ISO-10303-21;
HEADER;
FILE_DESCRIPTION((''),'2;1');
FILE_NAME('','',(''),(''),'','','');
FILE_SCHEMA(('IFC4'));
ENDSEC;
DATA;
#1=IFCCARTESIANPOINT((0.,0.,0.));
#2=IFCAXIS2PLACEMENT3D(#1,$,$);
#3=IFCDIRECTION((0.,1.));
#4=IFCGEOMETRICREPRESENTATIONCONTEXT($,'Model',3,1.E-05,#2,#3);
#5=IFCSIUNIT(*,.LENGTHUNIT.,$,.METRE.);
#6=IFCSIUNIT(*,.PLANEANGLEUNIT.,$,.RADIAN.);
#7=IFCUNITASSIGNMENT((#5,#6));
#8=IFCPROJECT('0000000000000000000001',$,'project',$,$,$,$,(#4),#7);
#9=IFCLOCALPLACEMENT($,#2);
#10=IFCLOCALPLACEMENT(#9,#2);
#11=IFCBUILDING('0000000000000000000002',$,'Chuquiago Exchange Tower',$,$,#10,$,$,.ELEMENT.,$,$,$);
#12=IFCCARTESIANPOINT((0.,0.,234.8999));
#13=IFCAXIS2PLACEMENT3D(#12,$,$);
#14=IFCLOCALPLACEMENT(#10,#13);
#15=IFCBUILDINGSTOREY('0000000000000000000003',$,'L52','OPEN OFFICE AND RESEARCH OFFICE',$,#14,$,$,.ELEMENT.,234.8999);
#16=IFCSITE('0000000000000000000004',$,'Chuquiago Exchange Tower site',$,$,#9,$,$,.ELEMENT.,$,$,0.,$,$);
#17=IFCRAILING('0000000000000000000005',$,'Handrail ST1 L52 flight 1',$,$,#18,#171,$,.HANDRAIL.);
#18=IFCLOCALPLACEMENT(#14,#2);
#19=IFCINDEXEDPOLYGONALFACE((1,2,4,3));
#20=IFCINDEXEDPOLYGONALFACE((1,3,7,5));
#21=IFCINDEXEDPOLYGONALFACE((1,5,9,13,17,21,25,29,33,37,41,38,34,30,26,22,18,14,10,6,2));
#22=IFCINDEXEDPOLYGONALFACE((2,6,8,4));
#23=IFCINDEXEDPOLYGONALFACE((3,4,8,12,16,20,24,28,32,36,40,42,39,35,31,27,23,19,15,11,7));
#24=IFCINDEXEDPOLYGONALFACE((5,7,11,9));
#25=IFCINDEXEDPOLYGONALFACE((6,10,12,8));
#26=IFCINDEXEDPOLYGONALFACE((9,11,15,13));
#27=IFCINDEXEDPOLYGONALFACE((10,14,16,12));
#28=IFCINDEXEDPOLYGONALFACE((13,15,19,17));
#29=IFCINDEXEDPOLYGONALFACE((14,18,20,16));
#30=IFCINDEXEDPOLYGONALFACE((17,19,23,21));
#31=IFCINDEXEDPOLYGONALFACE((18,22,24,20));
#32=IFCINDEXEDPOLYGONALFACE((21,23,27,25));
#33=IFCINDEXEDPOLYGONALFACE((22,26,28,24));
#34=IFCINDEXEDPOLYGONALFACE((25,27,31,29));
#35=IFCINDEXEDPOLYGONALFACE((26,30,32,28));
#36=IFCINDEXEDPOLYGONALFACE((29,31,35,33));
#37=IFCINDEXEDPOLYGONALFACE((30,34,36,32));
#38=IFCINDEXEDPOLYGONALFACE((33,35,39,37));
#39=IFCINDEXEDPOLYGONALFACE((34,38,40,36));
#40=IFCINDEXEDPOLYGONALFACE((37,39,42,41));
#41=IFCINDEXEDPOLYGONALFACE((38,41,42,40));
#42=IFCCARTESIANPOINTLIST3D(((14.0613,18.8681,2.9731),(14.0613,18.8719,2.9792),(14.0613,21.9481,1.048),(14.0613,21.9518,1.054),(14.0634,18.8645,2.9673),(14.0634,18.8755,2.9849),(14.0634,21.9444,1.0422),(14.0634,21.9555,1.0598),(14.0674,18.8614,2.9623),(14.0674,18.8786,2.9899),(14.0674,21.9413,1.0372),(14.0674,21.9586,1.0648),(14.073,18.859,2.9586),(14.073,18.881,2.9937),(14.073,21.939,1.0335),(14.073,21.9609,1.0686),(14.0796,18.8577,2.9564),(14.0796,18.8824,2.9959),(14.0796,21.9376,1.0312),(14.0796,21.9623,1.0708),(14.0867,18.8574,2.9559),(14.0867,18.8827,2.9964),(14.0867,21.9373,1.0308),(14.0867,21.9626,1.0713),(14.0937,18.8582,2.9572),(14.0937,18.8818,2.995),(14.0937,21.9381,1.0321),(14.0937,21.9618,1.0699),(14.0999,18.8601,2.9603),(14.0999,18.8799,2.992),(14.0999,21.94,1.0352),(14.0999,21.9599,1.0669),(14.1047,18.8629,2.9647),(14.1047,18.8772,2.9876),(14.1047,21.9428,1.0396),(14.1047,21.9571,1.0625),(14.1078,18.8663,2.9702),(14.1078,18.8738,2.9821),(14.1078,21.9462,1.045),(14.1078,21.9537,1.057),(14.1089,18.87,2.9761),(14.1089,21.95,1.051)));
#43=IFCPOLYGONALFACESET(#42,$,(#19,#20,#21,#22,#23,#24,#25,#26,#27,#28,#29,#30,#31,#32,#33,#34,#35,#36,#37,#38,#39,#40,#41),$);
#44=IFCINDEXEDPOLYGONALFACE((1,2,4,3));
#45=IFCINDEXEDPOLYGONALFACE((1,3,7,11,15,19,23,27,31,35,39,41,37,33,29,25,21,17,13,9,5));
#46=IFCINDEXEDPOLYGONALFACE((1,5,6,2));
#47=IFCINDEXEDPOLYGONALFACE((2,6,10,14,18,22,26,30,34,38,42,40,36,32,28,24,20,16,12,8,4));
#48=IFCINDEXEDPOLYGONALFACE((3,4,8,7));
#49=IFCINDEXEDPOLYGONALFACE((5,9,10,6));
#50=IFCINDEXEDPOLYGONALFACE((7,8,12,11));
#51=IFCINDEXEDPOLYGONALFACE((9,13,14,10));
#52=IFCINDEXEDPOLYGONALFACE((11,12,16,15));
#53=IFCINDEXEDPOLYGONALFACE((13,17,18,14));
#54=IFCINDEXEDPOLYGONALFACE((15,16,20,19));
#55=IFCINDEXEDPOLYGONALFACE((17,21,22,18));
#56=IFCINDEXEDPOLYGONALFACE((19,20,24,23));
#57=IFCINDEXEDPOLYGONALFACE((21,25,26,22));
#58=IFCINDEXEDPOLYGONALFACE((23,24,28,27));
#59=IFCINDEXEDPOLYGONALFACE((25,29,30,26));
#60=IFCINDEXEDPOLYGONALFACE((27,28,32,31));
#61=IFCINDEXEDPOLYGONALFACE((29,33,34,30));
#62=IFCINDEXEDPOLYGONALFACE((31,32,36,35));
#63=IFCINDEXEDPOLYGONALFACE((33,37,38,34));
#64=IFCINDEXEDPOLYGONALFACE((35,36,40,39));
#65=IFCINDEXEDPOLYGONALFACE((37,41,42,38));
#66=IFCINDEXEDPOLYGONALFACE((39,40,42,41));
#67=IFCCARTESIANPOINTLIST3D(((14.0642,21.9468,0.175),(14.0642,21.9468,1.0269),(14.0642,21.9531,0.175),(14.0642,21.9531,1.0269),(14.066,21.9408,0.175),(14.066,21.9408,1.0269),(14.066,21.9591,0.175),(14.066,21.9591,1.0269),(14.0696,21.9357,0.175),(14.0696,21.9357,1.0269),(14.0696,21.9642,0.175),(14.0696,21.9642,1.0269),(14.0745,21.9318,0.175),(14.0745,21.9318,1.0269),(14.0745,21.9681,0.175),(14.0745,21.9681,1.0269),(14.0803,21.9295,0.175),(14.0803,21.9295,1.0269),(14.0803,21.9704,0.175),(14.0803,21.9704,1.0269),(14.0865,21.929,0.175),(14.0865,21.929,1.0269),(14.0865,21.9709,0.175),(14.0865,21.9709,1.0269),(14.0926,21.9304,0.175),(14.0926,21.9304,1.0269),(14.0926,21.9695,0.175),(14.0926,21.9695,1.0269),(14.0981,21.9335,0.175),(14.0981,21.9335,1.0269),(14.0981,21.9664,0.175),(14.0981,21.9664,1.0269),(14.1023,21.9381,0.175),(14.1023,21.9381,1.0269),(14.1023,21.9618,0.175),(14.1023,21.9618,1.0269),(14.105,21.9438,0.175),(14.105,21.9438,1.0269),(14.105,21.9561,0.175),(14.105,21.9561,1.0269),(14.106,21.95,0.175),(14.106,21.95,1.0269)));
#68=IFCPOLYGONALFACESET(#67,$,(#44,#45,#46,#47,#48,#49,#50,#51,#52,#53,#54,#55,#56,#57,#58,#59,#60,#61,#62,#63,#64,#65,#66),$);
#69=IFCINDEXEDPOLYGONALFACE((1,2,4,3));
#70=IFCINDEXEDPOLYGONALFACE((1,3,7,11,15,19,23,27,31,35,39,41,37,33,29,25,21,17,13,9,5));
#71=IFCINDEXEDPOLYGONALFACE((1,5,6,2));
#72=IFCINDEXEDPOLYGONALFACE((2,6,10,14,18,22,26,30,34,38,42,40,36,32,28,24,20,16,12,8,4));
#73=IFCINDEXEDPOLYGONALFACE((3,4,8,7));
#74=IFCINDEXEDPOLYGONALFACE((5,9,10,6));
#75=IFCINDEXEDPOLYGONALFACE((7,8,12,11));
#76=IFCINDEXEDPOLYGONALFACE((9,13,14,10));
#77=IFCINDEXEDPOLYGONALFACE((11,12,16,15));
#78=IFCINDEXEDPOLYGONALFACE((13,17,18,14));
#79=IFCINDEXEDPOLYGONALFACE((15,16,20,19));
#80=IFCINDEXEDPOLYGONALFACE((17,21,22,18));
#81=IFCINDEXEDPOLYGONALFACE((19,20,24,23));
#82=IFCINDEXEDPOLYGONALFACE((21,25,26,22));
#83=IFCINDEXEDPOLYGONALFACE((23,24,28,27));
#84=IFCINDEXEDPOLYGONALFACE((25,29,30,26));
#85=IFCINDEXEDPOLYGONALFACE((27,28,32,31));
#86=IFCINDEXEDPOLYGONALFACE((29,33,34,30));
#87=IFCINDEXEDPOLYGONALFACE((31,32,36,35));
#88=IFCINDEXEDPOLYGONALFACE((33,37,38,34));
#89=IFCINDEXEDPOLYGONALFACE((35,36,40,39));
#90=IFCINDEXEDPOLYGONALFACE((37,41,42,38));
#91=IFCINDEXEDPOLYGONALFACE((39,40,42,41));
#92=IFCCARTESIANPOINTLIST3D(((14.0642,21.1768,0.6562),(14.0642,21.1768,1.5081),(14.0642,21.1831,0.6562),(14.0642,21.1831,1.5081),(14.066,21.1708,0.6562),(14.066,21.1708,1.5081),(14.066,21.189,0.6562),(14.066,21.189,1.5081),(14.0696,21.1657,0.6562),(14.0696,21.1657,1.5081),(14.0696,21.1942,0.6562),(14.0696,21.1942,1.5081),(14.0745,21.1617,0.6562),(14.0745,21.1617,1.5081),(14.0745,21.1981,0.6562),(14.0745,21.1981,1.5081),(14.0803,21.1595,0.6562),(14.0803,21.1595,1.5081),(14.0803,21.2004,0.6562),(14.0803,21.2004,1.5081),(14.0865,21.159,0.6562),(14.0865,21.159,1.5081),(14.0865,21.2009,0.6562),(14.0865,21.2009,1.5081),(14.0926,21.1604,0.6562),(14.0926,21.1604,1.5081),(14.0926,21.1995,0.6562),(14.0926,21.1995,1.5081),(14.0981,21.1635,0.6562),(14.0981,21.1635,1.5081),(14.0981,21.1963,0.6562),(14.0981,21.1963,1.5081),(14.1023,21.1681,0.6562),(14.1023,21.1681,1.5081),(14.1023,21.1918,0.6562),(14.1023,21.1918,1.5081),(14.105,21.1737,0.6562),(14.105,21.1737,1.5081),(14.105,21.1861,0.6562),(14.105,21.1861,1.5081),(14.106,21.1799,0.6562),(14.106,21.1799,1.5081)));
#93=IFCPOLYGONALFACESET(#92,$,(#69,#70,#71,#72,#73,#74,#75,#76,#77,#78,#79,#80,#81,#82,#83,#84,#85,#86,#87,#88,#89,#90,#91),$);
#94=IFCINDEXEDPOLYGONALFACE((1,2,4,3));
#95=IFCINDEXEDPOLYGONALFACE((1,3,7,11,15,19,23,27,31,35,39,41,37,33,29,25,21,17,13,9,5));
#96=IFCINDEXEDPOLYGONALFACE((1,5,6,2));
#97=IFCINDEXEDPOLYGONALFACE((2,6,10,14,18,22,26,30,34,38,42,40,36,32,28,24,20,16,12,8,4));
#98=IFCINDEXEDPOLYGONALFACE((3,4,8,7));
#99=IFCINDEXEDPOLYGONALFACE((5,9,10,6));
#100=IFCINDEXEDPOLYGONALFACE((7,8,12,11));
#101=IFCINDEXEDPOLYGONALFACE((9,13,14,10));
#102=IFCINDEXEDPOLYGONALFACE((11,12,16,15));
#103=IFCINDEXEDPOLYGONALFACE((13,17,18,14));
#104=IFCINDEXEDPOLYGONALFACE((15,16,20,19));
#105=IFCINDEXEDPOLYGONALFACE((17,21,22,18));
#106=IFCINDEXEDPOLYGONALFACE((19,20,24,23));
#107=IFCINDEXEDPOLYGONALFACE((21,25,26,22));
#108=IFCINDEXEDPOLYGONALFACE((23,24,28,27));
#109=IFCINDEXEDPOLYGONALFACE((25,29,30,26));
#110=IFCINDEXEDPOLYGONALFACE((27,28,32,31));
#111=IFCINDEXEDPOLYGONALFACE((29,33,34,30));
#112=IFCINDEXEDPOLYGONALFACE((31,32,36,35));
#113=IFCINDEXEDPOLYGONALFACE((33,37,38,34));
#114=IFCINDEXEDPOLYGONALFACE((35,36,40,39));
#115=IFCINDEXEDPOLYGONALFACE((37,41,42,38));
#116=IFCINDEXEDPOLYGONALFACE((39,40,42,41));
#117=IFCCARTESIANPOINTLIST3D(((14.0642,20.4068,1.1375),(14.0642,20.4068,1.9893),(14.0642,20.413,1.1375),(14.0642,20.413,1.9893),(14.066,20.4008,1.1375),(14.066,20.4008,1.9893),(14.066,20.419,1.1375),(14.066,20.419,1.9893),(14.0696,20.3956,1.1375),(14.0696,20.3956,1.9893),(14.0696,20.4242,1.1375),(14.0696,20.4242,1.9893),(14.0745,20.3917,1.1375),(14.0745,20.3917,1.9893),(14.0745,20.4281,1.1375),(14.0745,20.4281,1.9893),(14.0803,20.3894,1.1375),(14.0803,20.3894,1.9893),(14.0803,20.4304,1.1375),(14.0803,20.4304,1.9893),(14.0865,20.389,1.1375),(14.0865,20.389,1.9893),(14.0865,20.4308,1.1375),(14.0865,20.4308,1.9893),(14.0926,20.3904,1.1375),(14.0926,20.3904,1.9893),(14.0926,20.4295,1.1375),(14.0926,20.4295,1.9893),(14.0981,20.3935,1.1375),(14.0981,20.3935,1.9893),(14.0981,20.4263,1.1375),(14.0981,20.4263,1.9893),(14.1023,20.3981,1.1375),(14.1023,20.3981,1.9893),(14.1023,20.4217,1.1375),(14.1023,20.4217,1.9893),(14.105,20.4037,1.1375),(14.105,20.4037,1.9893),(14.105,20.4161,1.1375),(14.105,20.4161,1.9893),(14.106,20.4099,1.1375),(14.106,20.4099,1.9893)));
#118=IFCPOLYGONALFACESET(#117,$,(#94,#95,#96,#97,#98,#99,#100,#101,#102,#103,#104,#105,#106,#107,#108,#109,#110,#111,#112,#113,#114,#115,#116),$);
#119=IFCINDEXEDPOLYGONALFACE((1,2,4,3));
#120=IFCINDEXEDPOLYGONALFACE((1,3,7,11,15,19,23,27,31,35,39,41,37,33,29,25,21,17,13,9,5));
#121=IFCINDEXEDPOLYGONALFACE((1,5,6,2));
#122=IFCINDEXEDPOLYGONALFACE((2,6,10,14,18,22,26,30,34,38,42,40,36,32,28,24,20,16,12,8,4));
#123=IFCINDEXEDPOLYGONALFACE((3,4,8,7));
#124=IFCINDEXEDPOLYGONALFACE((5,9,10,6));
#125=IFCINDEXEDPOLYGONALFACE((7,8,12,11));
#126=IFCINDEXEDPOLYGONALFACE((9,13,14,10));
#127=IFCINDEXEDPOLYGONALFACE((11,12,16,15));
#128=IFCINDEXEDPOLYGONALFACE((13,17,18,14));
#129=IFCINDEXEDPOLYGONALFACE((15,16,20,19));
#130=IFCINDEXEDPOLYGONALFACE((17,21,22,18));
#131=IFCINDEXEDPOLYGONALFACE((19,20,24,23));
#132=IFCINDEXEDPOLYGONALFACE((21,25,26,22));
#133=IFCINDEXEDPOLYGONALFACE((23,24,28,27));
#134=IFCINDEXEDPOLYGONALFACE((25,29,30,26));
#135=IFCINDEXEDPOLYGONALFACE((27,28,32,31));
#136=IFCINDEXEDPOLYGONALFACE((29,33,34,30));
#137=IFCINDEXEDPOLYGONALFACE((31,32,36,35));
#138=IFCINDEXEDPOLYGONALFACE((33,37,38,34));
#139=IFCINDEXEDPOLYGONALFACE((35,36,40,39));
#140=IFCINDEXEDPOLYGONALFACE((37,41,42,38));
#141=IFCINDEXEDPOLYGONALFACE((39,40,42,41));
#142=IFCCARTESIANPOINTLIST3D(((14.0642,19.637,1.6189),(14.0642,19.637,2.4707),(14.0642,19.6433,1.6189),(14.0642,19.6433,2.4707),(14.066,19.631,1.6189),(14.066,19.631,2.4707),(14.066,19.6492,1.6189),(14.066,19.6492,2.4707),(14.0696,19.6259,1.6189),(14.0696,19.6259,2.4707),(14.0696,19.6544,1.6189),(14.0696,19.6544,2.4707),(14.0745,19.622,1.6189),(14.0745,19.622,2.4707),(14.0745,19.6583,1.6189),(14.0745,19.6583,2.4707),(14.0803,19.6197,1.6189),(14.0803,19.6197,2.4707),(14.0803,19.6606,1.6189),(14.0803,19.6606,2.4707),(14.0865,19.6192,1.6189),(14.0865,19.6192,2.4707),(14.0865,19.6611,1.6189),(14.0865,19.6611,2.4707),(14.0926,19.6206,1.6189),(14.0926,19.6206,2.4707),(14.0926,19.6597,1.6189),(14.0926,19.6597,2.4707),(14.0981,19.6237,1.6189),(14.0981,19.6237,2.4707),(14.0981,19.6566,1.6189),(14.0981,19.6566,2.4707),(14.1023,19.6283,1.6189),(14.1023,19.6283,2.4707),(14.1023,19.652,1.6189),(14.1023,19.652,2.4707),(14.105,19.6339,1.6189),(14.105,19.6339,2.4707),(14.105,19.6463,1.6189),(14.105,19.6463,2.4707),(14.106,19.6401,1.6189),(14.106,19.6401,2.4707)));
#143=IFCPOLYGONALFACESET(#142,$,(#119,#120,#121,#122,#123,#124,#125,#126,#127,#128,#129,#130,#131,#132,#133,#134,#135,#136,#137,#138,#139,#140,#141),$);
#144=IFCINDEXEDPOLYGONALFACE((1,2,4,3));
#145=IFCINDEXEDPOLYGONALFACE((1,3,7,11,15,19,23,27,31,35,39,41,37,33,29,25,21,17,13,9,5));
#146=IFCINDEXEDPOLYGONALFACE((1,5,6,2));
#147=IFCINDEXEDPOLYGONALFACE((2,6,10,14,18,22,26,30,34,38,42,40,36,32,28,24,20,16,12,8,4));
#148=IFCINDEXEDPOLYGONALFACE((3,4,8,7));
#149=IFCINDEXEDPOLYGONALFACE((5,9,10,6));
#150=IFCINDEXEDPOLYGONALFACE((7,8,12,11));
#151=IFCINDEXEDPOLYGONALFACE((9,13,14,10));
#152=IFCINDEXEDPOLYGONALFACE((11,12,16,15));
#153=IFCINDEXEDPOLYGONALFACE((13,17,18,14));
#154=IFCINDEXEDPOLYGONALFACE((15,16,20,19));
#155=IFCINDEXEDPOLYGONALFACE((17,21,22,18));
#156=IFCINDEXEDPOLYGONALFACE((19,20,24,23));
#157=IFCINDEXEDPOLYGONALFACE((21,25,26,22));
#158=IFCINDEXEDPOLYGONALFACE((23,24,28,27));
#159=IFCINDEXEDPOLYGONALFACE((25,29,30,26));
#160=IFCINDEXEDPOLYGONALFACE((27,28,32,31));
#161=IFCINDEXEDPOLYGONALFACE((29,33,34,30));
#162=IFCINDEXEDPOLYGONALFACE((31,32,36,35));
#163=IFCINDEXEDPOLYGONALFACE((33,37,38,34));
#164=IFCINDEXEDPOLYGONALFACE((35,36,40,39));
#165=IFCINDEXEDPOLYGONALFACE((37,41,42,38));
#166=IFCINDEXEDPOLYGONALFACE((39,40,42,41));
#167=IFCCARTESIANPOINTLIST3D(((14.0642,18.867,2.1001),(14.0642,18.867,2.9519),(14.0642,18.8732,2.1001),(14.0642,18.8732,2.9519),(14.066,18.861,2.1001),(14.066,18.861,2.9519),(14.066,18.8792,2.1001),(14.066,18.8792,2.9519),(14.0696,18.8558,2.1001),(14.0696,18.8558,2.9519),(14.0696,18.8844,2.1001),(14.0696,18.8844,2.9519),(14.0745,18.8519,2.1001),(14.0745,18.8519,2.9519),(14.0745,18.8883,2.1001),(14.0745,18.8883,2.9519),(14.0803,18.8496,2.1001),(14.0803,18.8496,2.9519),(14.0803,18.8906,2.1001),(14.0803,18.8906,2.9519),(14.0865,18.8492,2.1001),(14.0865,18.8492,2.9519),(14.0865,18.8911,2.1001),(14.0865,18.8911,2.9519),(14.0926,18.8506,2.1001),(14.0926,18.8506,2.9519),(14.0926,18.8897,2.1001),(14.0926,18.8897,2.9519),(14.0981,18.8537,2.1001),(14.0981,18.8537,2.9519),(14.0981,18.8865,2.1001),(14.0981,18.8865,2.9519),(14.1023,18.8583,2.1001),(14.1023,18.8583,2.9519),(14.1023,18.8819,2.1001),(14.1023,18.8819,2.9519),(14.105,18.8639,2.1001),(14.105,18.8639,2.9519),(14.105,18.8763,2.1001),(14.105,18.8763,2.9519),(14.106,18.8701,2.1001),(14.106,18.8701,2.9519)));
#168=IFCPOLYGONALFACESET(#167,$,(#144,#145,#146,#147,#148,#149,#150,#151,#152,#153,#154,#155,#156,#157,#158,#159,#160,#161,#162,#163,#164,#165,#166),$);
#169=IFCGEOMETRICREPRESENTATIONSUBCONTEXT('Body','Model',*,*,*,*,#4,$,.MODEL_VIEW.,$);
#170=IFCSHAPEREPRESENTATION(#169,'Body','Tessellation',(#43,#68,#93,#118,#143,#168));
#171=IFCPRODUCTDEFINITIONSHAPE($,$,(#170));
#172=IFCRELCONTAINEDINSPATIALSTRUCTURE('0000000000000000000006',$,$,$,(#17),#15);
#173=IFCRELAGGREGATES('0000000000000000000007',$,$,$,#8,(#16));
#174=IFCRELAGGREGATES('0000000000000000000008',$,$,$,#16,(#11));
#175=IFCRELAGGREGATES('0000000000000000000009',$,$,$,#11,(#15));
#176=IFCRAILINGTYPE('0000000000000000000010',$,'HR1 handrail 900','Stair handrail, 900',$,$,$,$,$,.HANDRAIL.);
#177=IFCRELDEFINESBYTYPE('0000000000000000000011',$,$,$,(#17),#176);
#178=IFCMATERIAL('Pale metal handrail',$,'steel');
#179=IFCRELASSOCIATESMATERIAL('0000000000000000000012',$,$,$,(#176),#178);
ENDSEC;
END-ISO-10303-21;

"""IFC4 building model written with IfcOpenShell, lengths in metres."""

from ifc_helpers import new_model, si_unit, direction, frame, origin, origin_2d, place, context, subcontext, project, spatial, circle, extrude, material, type_object, element, save


model = new_model("IFC4")

# Units and contexts
model_context = context("Model", 3, precision=1e-05, world=origin(), true_north=direction((0.0, 1.0)))
body_context = subcontext(model_context, "Body", "Model", "MODEL_VIEW")
ifc_project = project(units=[si_unit("LENGTHUNIT", "METRE"), si_unit("PLANEANGLEUNIT", "RADIAN")], contexts=[model_context])

# Site, building, storey
site_placement = place(None, origin())
site = spatial("IfcSite", under=ifc_project, at=site_placement, Name="Chuquiago Exchange Tower site", CompositionType="ELEMENT", RefElevation=0.0)
building_placement = place(site_placement, origin())
building = spatial("IfcBuilding", under=site, at=building_placement, Name="Chuquiago Exchange Tower", CompositionType="ELEMENT")
storey_placement = place(building_placement, frame((0.0, 0.0, 234.8999)))
storey = spatial("IfcBuildingStorey", under=building, at=storey_placement, Name="L52", Description="OPEN OFFICE AND RESEARCH OFFICE", CompositionType="ELEMENT", Elevation=234.8999)

# Railing
ifc_material_1 = material(Name="Pale metal handrail", Category="steel")
railing_type_1 = type_object("IfcRailingType", Name="HR1 handrail 900", Description="Stair handrail, 900", PredefinedType="HANDRAIL", material=ifc_material_1)
for number, where, name in (
    (1, (14.085, 21.95, 0.175), "Handrail ST1 L52 flight 1"),
):
    element("IfcRailing", number, at=place(storey_placement, frame(where)), inside=storey, type_object=railing_type_1, Name=name, PredefinedType="HANDRAIL", context=body_context, shape_type="SweptSolid", body=[
        extrude(circle(Radius=0.0239, at=origin_2d()), frame((0.0, 0.0, 0.876), z_axis=(0.0, -0.847979, 0.530029), x_axis=(1.0, 0.0, 0.0)), (0.0, 0.0, 1.0), 3.6321),
        extrude(circle(Radius=0.021, at=origin_2d()), origin(), (0.0, 0.0, 1.0), 0.8518),
        extrude(circle(Radius=0.021, at=origin_2d()), frame((0.0, -0.77, 0.4812)), (0.0, 0.0, 1.0), 0.8518),
        extrude(circle(Radius=0.021, at=origin_2d()), frame((0.0, -1.54, 0.9624)), (0.0, 0.0, 1.0), 0.8518),
        extrude(circle(Radius=0.021, at=origin_2d()), frame((0.0, -2.3098, 1.4438)), (0.0, 0.0, 1.0), 0.8518),
        extrude(circle(Radius=0.021, at=origin_2d()), frame((0.0, -3.0798, 1.925)), (0.0, 0.0, 1.0), 0.8518),
    ])

save(model, "model.ifc")
